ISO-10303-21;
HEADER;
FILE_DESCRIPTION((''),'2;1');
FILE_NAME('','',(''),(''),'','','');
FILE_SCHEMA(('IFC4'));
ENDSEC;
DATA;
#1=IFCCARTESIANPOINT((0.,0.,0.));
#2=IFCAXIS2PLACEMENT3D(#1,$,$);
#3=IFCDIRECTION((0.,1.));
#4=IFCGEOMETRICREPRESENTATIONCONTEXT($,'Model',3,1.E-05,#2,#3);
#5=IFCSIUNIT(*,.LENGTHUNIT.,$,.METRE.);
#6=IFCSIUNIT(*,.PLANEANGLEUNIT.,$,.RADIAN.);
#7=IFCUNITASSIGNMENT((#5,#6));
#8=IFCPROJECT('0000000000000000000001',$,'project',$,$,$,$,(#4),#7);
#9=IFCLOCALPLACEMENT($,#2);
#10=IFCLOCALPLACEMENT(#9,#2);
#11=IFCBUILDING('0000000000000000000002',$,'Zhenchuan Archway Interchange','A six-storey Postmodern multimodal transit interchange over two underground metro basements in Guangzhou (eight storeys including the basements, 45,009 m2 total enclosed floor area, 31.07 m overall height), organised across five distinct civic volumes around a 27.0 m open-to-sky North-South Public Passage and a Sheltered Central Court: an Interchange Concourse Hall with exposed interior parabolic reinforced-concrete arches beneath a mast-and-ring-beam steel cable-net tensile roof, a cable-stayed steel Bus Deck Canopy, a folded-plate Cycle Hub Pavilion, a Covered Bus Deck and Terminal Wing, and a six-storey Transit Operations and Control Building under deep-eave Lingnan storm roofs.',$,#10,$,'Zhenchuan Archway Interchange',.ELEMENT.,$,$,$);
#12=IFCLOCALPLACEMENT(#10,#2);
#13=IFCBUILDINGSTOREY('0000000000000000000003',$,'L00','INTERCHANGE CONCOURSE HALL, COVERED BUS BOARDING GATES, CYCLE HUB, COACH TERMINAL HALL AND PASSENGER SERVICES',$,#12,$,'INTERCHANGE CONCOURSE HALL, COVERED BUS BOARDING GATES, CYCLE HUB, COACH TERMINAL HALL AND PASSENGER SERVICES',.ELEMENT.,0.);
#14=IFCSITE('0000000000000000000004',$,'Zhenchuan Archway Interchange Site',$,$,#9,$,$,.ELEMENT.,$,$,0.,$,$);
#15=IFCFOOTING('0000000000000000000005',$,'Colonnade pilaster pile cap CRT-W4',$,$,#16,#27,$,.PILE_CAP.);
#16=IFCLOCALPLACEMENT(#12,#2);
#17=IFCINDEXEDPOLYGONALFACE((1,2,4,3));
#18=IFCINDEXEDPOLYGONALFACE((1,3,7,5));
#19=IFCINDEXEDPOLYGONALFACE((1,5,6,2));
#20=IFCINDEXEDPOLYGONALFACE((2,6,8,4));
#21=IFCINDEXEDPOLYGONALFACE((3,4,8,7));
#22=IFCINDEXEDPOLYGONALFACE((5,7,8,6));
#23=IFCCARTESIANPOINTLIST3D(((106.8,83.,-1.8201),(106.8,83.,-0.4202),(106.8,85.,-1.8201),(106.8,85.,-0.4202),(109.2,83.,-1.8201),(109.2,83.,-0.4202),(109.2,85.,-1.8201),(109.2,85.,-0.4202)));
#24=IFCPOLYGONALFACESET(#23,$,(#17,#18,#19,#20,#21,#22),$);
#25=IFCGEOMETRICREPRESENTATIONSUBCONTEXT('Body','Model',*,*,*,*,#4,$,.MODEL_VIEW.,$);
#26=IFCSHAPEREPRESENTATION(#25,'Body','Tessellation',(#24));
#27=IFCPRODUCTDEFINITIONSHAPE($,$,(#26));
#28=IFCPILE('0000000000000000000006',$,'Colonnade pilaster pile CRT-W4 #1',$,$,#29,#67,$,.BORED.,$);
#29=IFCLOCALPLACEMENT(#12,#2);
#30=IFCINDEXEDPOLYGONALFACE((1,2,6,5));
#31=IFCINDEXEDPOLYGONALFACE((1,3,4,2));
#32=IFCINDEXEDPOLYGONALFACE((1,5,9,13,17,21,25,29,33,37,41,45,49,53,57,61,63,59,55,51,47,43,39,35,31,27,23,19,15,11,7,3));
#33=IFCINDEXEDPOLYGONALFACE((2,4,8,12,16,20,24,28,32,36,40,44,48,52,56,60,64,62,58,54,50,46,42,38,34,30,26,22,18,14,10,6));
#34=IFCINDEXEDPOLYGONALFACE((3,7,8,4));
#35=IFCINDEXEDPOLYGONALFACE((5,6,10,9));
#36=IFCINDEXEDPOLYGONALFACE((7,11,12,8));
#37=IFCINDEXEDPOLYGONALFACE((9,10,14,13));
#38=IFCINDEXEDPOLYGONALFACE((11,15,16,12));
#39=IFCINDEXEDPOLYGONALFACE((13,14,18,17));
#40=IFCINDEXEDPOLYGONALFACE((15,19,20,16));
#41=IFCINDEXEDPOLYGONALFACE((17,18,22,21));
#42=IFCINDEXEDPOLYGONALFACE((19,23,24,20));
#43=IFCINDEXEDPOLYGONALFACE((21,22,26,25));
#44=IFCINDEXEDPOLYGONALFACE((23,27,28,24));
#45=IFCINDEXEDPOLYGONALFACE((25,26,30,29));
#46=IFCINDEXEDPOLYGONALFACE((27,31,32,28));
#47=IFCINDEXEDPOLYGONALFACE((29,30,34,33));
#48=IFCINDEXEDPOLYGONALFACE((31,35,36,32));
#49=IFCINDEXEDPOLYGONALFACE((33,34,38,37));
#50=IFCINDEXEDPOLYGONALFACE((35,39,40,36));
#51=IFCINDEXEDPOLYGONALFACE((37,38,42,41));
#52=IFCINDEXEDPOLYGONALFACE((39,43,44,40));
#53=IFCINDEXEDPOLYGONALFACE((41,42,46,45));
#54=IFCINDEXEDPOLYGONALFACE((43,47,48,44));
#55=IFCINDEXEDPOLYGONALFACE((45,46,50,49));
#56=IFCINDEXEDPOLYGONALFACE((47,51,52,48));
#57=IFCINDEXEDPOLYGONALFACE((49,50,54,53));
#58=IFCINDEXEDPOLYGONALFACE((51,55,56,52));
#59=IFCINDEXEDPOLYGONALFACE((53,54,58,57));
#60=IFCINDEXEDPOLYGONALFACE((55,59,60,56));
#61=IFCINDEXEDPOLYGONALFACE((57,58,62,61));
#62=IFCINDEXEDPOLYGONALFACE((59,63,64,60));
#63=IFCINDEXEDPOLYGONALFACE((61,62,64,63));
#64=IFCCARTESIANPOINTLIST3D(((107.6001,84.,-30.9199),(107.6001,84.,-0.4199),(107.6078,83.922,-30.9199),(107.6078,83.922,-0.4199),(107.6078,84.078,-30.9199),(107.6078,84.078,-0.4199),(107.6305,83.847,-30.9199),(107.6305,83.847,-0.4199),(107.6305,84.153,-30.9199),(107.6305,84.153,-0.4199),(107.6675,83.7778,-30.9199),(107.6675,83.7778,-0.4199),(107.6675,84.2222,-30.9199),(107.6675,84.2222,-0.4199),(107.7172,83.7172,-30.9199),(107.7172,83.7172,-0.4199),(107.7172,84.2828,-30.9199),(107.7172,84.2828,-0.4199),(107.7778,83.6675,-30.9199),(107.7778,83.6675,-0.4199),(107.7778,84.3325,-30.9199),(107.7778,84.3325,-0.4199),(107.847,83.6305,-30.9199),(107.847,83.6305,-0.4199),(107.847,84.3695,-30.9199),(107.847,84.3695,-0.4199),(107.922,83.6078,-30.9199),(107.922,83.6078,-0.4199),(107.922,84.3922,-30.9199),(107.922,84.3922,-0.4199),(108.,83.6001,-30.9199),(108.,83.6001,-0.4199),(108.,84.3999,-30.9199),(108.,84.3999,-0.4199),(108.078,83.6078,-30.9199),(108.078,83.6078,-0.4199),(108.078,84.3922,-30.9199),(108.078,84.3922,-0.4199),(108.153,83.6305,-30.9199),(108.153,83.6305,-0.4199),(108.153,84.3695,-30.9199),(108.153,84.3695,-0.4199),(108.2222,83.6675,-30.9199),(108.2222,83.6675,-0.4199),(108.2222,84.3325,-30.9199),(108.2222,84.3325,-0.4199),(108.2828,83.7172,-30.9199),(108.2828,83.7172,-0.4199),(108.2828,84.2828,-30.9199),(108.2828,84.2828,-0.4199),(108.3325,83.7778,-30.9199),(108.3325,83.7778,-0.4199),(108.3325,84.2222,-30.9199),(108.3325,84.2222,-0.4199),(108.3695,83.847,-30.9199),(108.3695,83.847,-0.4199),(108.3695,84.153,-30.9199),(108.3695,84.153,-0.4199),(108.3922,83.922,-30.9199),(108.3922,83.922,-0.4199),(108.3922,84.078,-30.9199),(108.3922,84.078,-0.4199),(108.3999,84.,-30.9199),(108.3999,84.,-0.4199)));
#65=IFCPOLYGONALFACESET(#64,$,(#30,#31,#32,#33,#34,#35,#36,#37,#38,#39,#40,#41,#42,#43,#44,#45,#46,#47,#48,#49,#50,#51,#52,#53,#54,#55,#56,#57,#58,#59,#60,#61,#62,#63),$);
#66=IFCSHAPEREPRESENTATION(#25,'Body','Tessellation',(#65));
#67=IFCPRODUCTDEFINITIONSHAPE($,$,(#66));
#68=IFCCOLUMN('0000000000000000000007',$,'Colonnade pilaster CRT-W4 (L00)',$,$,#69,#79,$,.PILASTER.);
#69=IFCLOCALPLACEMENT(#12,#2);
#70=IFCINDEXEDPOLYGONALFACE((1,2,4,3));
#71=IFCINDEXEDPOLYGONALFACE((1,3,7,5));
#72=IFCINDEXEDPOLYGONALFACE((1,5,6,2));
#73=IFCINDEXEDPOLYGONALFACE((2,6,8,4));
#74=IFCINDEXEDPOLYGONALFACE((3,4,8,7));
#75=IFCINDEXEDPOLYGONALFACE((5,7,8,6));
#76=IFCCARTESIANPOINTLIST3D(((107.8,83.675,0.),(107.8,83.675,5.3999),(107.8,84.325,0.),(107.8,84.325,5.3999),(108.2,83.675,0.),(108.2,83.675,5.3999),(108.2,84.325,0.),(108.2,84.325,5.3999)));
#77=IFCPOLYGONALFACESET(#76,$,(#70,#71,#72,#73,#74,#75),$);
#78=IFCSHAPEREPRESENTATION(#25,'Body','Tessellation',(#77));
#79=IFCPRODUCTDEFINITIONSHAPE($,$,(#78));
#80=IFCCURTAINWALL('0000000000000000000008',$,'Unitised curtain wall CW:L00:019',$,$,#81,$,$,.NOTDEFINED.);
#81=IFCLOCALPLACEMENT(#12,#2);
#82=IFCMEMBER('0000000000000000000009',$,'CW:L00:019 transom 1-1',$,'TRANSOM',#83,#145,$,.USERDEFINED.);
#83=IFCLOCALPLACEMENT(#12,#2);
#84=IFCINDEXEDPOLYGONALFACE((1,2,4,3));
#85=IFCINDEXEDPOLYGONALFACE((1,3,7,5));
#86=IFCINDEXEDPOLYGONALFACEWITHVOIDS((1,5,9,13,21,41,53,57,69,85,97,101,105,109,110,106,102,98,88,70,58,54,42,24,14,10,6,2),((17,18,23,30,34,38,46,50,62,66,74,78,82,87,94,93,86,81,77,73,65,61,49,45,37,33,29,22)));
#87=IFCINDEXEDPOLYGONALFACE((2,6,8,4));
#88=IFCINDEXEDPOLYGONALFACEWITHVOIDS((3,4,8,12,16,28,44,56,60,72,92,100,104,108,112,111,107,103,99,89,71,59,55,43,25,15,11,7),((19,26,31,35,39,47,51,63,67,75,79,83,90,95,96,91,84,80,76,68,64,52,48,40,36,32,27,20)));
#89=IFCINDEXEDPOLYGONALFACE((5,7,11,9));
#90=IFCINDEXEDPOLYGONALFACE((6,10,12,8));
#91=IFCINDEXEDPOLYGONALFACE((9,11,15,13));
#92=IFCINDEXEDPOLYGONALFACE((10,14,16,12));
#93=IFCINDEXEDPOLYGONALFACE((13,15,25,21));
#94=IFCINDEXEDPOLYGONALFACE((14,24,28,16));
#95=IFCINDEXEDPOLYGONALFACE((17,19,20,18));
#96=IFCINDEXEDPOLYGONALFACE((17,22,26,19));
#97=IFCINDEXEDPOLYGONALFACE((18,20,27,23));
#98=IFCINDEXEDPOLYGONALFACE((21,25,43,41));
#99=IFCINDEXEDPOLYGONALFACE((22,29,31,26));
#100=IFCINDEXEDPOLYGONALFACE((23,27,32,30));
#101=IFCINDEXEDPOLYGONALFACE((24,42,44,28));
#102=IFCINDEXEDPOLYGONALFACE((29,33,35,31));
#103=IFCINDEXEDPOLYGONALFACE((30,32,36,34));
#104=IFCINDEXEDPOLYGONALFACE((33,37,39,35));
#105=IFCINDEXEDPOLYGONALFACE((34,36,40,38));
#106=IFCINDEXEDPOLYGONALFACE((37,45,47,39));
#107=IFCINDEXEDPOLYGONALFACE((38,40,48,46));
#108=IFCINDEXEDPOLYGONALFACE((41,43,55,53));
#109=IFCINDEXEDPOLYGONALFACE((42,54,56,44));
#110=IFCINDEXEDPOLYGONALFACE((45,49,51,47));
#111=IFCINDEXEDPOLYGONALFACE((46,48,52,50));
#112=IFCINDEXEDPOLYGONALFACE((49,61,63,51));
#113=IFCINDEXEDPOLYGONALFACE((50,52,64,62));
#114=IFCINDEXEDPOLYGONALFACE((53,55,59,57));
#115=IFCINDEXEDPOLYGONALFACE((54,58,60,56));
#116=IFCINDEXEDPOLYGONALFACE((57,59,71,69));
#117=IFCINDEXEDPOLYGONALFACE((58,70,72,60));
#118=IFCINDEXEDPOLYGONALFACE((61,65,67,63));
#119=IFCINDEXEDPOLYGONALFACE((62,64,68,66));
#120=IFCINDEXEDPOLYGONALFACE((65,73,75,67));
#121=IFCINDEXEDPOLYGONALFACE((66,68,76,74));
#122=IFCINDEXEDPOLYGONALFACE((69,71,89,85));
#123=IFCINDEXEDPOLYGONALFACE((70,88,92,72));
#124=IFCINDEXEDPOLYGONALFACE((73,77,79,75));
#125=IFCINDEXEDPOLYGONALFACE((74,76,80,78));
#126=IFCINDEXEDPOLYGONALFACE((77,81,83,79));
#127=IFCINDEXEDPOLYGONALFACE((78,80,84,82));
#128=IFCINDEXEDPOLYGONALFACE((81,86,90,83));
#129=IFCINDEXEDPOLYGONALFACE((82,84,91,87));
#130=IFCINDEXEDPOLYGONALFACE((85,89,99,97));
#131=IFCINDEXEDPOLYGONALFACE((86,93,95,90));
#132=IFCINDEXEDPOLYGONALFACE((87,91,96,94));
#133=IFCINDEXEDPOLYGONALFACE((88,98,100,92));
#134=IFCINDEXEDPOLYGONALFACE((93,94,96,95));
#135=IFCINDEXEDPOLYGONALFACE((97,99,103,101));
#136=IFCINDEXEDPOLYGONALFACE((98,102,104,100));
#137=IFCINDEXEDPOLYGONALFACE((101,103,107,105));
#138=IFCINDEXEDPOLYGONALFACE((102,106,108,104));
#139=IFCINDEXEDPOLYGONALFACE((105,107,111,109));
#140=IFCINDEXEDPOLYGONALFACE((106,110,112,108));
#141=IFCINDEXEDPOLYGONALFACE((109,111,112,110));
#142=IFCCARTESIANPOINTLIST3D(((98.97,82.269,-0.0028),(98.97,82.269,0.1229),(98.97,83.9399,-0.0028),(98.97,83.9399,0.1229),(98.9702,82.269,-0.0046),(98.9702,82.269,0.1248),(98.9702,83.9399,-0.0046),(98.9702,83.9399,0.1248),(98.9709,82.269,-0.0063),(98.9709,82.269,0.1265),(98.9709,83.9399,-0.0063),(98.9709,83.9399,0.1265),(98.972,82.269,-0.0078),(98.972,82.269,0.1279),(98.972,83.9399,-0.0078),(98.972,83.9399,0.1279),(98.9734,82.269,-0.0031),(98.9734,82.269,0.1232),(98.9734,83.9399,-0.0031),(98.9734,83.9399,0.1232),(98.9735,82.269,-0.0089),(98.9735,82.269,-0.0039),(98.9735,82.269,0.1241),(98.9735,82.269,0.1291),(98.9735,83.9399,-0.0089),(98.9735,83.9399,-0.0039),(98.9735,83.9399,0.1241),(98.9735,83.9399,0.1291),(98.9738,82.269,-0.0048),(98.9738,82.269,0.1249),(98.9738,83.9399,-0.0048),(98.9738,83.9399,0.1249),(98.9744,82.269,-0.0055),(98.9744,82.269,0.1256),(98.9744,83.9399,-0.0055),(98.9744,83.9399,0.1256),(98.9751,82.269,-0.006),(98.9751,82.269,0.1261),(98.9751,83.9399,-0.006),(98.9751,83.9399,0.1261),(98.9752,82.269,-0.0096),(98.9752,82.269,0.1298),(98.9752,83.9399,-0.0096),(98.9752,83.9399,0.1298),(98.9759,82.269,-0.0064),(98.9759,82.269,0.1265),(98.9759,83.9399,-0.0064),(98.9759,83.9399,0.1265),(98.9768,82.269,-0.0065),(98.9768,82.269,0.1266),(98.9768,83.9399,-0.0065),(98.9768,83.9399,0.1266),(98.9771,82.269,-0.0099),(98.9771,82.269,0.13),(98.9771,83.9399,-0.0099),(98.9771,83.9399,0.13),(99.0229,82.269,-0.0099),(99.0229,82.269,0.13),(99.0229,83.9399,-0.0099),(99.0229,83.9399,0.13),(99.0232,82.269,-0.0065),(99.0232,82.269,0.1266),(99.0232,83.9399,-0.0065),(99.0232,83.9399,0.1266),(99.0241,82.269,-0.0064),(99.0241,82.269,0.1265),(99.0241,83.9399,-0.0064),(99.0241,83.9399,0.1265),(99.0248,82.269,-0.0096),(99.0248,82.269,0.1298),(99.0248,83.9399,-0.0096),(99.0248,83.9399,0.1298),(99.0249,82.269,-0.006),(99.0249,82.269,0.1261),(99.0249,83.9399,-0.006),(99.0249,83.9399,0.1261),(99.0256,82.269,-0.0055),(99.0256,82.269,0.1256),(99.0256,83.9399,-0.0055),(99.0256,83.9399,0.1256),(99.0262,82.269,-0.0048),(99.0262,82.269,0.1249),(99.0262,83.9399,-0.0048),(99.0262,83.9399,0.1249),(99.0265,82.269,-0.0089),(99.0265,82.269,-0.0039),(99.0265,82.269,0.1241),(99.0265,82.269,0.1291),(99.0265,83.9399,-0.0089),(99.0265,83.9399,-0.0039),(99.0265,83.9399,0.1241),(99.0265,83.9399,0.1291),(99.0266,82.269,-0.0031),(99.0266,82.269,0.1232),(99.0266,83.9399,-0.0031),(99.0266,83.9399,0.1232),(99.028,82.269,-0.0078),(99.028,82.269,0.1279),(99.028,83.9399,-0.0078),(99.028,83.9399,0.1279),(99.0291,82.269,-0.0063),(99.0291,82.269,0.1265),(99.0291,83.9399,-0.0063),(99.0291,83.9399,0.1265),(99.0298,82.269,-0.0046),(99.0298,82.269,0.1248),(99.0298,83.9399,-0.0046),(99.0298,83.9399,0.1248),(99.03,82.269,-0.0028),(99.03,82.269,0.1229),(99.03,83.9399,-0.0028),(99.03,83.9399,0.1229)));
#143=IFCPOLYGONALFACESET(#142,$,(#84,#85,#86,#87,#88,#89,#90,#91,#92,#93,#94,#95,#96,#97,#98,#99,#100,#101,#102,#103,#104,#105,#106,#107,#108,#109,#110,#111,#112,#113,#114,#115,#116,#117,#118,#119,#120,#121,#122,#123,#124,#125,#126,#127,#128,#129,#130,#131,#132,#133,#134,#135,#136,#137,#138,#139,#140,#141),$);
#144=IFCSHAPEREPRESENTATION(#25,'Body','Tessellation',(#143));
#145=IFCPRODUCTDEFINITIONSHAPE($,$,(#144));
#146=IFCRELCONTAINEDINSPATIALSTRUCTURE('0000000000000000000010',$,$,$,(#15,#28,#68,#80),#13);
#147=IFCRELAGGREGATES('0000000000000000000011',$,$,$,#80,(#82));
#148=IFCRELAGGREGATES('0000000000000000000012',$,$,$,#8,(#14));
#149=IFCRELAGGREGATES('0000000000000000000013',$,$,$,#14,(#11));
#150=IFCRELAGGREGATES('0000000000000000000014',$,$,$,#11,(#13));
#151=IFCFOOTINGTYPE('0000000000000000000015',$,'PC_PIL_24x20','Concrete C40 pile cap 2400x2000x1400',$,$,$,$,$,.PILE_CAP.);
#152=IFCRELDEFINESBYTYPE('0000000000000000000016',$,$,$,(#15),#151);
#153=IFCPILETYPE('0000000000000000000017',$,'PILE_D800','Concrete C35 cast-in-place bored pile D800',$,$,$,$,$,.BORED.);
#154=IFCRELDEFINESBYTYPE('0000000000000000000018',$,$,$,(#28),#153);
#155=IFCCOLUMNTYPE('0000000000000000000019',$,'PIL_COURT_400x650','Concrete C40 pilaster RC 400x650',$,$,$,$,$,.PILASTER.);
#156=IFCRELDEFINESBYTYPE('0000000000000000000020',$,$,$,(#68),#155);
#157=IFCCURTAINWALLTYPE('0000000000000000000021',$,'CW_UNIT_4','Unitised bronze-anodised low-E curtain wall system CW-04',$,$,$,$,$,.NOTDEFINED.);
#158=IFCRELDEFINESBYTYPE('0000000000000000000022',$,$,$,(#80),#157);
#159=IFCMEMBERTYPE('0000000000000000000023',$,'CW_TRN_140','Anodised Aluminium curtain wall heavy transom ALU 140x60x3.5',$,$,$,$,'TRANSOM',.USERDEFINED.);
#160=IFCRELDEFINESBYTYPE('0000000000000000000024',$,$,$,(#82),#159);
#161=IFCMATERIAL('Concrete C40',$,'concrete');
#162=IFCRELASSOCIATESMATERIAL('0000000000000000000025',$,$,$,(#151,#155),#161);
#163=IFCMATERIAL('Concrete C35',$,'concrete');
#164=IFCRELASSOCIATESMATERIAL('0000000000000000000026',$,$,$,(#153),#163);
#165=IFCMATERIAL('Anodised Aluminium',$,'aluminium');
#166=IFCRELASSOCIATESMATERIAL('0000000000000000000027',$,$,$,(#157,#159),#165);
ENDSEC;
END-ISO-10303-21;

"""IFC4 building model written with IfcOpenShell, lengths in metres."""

from ifc_helpers import new_model, si_unit, direction, frame, origin, origin_2d, place, context, subcontext, project, spatial, rectangle, hollow_rectangle, circle, extrude, material, material_profile, profile_set, type_object, element, aggregate, save


model = new_model("IFC4")

# Units and contexts
model_context = context("Model", 3, precision=1e-05, world=origin(), true_north=direction((0.0, 1.0)))
body_context = subcontext(model_context, "Body", "Model", "MODEL_VIEW")
ifc_project = project(units=[si_unit("LENGTHUNIT", "METRE"), si_unit("PLANEANGLEUNIT", "RADIAN")], contexts=[model_context])

# Site, building, storey
site_placement = place(None, origin())
site = spatial("IfcSite", under=ifc_project, at=site_placement, Name="Zhenchuan Archway Interchange Site", CompositionType="ELEMENT", RefElevation=0.0)
building_placement = place(site_placement, origin())
building = spatial("IfcBuilding", under=site, at=building_placement, Name="Zhenchuan Archway Interchange", Description="A six-storey Postmodern multimodal transit interchange over two underground metro basements in Guangzhou (eight storeys including the basements, 45,009 m2 total enclosed floor area, 31.07 m overall height), organised across five distinct civic volumes around a 27.0 m open-to-sky North-South Public Passage and a Sheltered Central Court: an Interchange Concourse Hall with exposed interior parabolic reinforced-concrete arches beneath a mast-and-ring-beam steel cable-net tensile roof, a cable-stayed steel Bus Deck Canopy, a folded-plate Cycle Hub Pavilion, a Covered Bus Deck and Terminal Wing, and a six-storey Transit Operations and Control Building under deep-eave Lingnan storm roofs.", LongName="Zhenchuan Archway Interchange", CompositionType="ELEMENT")
storey_placement = place(building_placement, origin())
storey = spatial("IfcBuildingStorey", under=building, at=storey_placement, Name="L00", Description="INTERCHANGE CONCOURSE HALL, COVERED BUS BOARDING GATES, CYCLE HUB, COACH TERMINAL HALL AND PASSENGER SERVICES", LongName="INTERCHANGE CONCOURSE HALL, COVERED BUS BOARDING GATES, CYCLE HUB, COACH TERMINAL HALL AND PASSENGER SERVICES", CompositionType="ELEMENT", Elevation=0.0)

# Footing
ifc_material_1 = material(Name="Concrete C40", Category="concrete")
footing_type = type_object("IfcFootingType", Name="PC_PIL_24x20", Description="Concrete C40 pile cap 2400x2000x1400", PredefinedType="PILE_CAP", material=ifc_material_1)
footing_placement = place(storey_placement, frame((108.0, 84.0, -1.8201), z_axis=(0.0, 0.0, 1.0), x_axis=(1.0, 0.0, 0.0)))
element("IfcFooting", 1, at=footing_placement, inside=storey, type_object=footing_type, Name="Colonnade pilaster pile cap CRT-W4", PredefinedType="PILE_CAP", context=body_context, shape_type="SweptSolid", body=[
    extrude(rectangle(XDim=2.3999, YDim=2.0, at=origin_2d()), origin(), (0.0, 0.0, 1.0), 1.3999),
])

# Pile
ifc_material_2 = material(Name="Concrete C35", Category="concrete")
ifc_material_profile_1 = material_profile(ifc_material_2, circle(Radius=0.3999, at=origin_2d()), Name="BORED PILE 800")
ifc_profile_set_1 = profile_set([ifc_material_profile_1], Name="Concrete C35")
pile_type = type_object("IfcPileType", Name="PILE_D800", Description="Concrete C35 cast-in-place bored pile D800", PredefinedType="BORED", material=ifc_profile_set_1)
pile_placement = place(storey_placement, frame((108.0, 84.0, -0.4199), z_axis=(0.0, 0.0, -1.0), x_axis=(1.0, 0.0, 0.0)))
element("IfcPile", 2, at=pile_placement, inside=storey, type_object=pile_type, Name="Colonnade pilaster pile CRT-W4 #1", PredefinedType="BORED", context=body_context, shape_type="SweptSolid", body=[
    extrude(circle(Radius=0.3999, at=origin_2d()), origin(), (0.0, 0.0, 1.0), 30.5),
])

# Column
ifc_material_profile_2 = material_profile(ifc_material_1, rectangle(XDim=0.3999, YDim=0.6499, at=origin_2d()), Name="RC 400x650")
ifc_profile_set_2 = profile_set([ifc_material_profile_2], Name="Concrete C40")
column_type = type_object("IfcColumnType", Name="PIL_COURT_400x650", Description="Concrete C40 pilaster RC 400x650", PredefinedType="PILASTER", material=ifc_profile_set_2)
column_placement = place(storey_placement, frame((108.0, 84.0, 0.0), z_axis=(0.0, 0.0, 1.0), x_axis=(1.0, 0.0, 0.0)))
element("IfcColumn", 3, at=column_placement, inside=storey, type_object=column_type, Name="Colonnade pilaster CRT-W4 (L00)", PredefinedType="PILASTER", context=body_context, shape_type="SweptSolid", body=[
    extrude(rectangle(XDim=0.3999, YDim=0.6499, at=origin_2d()), origin(), (0.0, 0.0, 1.0), 5.3999),
])

# Curtain wall, member
ifc_material_3 = material(Name="Anodised Aluminium", Category="aluminium")
curtain_wall_type = type_object("IfcCurtainWallType", Name="CW_UNIT_4", Description="Unitised bronze-anodised low-E curtain wall system CW-04", PredefinedType="NOTDEFINED", material=ifc_material_3)
curtain_wall_placement = place(storey_placement, origin())
curtain_wall = element("IfcCurtainWall", 4, at=curtain_wall_placement, inside=storey, type_object=curtain_wall_type, Name="Unitised curtain wall CW:L00:019", PredefinedType="NOTDEFINED")
ifc_material_profile_3 = material_profile(ifc_material_3, hollow_rectangle(XDim=0.0601, YDim=0.1399, WallThickness=0.0034, InnerFilletRadius=0.0034, OuterFilletRadius=0.0071, at=origin_2d()), Name="ALU 140x60x3.5")
ifc_profile_set_3 = profile_set([ifc_material_profile_3], Name="Anodised Aluminium")
member_type = type_object("IfcMemberType", Name="CW_TRN_140", Description="Anodised Aluminium curtain wall heavy transom ALU 140x60x3.5", ElementType="TRANSOM", PredefinedType="USERDEFINED", material=ifc_profile_set_3)
member_1_placement = place(storey_placement, frame((99.0, 82.269, 0.0601), z_axis=(0.0, 1.0, 0.0), x_axis=(-1.0, 0.0, 0.0)))
member_1 = element("IfcMember", 5, at=member_1_placement, type_object=member_type, Name="CW:L00:019 transom 1-1", ObjectType="TRANSOM", PredefinedType="USERDEFINED", context=body_context, shape_type="SweptSolid", body=[
    extrude(hollow_rectangle(XDim=0.0601, YDim=0.1399, WallThickness=0.0034, InnerFilletRadius=0.0034, OuterFilletRadius=0.0071, at=origin_2d()), origin(), (0.0, 0.0, 1.0), 1.6709),
])

aggregate(curtain_wall, [member_1])

save(model, "model.ifc")
